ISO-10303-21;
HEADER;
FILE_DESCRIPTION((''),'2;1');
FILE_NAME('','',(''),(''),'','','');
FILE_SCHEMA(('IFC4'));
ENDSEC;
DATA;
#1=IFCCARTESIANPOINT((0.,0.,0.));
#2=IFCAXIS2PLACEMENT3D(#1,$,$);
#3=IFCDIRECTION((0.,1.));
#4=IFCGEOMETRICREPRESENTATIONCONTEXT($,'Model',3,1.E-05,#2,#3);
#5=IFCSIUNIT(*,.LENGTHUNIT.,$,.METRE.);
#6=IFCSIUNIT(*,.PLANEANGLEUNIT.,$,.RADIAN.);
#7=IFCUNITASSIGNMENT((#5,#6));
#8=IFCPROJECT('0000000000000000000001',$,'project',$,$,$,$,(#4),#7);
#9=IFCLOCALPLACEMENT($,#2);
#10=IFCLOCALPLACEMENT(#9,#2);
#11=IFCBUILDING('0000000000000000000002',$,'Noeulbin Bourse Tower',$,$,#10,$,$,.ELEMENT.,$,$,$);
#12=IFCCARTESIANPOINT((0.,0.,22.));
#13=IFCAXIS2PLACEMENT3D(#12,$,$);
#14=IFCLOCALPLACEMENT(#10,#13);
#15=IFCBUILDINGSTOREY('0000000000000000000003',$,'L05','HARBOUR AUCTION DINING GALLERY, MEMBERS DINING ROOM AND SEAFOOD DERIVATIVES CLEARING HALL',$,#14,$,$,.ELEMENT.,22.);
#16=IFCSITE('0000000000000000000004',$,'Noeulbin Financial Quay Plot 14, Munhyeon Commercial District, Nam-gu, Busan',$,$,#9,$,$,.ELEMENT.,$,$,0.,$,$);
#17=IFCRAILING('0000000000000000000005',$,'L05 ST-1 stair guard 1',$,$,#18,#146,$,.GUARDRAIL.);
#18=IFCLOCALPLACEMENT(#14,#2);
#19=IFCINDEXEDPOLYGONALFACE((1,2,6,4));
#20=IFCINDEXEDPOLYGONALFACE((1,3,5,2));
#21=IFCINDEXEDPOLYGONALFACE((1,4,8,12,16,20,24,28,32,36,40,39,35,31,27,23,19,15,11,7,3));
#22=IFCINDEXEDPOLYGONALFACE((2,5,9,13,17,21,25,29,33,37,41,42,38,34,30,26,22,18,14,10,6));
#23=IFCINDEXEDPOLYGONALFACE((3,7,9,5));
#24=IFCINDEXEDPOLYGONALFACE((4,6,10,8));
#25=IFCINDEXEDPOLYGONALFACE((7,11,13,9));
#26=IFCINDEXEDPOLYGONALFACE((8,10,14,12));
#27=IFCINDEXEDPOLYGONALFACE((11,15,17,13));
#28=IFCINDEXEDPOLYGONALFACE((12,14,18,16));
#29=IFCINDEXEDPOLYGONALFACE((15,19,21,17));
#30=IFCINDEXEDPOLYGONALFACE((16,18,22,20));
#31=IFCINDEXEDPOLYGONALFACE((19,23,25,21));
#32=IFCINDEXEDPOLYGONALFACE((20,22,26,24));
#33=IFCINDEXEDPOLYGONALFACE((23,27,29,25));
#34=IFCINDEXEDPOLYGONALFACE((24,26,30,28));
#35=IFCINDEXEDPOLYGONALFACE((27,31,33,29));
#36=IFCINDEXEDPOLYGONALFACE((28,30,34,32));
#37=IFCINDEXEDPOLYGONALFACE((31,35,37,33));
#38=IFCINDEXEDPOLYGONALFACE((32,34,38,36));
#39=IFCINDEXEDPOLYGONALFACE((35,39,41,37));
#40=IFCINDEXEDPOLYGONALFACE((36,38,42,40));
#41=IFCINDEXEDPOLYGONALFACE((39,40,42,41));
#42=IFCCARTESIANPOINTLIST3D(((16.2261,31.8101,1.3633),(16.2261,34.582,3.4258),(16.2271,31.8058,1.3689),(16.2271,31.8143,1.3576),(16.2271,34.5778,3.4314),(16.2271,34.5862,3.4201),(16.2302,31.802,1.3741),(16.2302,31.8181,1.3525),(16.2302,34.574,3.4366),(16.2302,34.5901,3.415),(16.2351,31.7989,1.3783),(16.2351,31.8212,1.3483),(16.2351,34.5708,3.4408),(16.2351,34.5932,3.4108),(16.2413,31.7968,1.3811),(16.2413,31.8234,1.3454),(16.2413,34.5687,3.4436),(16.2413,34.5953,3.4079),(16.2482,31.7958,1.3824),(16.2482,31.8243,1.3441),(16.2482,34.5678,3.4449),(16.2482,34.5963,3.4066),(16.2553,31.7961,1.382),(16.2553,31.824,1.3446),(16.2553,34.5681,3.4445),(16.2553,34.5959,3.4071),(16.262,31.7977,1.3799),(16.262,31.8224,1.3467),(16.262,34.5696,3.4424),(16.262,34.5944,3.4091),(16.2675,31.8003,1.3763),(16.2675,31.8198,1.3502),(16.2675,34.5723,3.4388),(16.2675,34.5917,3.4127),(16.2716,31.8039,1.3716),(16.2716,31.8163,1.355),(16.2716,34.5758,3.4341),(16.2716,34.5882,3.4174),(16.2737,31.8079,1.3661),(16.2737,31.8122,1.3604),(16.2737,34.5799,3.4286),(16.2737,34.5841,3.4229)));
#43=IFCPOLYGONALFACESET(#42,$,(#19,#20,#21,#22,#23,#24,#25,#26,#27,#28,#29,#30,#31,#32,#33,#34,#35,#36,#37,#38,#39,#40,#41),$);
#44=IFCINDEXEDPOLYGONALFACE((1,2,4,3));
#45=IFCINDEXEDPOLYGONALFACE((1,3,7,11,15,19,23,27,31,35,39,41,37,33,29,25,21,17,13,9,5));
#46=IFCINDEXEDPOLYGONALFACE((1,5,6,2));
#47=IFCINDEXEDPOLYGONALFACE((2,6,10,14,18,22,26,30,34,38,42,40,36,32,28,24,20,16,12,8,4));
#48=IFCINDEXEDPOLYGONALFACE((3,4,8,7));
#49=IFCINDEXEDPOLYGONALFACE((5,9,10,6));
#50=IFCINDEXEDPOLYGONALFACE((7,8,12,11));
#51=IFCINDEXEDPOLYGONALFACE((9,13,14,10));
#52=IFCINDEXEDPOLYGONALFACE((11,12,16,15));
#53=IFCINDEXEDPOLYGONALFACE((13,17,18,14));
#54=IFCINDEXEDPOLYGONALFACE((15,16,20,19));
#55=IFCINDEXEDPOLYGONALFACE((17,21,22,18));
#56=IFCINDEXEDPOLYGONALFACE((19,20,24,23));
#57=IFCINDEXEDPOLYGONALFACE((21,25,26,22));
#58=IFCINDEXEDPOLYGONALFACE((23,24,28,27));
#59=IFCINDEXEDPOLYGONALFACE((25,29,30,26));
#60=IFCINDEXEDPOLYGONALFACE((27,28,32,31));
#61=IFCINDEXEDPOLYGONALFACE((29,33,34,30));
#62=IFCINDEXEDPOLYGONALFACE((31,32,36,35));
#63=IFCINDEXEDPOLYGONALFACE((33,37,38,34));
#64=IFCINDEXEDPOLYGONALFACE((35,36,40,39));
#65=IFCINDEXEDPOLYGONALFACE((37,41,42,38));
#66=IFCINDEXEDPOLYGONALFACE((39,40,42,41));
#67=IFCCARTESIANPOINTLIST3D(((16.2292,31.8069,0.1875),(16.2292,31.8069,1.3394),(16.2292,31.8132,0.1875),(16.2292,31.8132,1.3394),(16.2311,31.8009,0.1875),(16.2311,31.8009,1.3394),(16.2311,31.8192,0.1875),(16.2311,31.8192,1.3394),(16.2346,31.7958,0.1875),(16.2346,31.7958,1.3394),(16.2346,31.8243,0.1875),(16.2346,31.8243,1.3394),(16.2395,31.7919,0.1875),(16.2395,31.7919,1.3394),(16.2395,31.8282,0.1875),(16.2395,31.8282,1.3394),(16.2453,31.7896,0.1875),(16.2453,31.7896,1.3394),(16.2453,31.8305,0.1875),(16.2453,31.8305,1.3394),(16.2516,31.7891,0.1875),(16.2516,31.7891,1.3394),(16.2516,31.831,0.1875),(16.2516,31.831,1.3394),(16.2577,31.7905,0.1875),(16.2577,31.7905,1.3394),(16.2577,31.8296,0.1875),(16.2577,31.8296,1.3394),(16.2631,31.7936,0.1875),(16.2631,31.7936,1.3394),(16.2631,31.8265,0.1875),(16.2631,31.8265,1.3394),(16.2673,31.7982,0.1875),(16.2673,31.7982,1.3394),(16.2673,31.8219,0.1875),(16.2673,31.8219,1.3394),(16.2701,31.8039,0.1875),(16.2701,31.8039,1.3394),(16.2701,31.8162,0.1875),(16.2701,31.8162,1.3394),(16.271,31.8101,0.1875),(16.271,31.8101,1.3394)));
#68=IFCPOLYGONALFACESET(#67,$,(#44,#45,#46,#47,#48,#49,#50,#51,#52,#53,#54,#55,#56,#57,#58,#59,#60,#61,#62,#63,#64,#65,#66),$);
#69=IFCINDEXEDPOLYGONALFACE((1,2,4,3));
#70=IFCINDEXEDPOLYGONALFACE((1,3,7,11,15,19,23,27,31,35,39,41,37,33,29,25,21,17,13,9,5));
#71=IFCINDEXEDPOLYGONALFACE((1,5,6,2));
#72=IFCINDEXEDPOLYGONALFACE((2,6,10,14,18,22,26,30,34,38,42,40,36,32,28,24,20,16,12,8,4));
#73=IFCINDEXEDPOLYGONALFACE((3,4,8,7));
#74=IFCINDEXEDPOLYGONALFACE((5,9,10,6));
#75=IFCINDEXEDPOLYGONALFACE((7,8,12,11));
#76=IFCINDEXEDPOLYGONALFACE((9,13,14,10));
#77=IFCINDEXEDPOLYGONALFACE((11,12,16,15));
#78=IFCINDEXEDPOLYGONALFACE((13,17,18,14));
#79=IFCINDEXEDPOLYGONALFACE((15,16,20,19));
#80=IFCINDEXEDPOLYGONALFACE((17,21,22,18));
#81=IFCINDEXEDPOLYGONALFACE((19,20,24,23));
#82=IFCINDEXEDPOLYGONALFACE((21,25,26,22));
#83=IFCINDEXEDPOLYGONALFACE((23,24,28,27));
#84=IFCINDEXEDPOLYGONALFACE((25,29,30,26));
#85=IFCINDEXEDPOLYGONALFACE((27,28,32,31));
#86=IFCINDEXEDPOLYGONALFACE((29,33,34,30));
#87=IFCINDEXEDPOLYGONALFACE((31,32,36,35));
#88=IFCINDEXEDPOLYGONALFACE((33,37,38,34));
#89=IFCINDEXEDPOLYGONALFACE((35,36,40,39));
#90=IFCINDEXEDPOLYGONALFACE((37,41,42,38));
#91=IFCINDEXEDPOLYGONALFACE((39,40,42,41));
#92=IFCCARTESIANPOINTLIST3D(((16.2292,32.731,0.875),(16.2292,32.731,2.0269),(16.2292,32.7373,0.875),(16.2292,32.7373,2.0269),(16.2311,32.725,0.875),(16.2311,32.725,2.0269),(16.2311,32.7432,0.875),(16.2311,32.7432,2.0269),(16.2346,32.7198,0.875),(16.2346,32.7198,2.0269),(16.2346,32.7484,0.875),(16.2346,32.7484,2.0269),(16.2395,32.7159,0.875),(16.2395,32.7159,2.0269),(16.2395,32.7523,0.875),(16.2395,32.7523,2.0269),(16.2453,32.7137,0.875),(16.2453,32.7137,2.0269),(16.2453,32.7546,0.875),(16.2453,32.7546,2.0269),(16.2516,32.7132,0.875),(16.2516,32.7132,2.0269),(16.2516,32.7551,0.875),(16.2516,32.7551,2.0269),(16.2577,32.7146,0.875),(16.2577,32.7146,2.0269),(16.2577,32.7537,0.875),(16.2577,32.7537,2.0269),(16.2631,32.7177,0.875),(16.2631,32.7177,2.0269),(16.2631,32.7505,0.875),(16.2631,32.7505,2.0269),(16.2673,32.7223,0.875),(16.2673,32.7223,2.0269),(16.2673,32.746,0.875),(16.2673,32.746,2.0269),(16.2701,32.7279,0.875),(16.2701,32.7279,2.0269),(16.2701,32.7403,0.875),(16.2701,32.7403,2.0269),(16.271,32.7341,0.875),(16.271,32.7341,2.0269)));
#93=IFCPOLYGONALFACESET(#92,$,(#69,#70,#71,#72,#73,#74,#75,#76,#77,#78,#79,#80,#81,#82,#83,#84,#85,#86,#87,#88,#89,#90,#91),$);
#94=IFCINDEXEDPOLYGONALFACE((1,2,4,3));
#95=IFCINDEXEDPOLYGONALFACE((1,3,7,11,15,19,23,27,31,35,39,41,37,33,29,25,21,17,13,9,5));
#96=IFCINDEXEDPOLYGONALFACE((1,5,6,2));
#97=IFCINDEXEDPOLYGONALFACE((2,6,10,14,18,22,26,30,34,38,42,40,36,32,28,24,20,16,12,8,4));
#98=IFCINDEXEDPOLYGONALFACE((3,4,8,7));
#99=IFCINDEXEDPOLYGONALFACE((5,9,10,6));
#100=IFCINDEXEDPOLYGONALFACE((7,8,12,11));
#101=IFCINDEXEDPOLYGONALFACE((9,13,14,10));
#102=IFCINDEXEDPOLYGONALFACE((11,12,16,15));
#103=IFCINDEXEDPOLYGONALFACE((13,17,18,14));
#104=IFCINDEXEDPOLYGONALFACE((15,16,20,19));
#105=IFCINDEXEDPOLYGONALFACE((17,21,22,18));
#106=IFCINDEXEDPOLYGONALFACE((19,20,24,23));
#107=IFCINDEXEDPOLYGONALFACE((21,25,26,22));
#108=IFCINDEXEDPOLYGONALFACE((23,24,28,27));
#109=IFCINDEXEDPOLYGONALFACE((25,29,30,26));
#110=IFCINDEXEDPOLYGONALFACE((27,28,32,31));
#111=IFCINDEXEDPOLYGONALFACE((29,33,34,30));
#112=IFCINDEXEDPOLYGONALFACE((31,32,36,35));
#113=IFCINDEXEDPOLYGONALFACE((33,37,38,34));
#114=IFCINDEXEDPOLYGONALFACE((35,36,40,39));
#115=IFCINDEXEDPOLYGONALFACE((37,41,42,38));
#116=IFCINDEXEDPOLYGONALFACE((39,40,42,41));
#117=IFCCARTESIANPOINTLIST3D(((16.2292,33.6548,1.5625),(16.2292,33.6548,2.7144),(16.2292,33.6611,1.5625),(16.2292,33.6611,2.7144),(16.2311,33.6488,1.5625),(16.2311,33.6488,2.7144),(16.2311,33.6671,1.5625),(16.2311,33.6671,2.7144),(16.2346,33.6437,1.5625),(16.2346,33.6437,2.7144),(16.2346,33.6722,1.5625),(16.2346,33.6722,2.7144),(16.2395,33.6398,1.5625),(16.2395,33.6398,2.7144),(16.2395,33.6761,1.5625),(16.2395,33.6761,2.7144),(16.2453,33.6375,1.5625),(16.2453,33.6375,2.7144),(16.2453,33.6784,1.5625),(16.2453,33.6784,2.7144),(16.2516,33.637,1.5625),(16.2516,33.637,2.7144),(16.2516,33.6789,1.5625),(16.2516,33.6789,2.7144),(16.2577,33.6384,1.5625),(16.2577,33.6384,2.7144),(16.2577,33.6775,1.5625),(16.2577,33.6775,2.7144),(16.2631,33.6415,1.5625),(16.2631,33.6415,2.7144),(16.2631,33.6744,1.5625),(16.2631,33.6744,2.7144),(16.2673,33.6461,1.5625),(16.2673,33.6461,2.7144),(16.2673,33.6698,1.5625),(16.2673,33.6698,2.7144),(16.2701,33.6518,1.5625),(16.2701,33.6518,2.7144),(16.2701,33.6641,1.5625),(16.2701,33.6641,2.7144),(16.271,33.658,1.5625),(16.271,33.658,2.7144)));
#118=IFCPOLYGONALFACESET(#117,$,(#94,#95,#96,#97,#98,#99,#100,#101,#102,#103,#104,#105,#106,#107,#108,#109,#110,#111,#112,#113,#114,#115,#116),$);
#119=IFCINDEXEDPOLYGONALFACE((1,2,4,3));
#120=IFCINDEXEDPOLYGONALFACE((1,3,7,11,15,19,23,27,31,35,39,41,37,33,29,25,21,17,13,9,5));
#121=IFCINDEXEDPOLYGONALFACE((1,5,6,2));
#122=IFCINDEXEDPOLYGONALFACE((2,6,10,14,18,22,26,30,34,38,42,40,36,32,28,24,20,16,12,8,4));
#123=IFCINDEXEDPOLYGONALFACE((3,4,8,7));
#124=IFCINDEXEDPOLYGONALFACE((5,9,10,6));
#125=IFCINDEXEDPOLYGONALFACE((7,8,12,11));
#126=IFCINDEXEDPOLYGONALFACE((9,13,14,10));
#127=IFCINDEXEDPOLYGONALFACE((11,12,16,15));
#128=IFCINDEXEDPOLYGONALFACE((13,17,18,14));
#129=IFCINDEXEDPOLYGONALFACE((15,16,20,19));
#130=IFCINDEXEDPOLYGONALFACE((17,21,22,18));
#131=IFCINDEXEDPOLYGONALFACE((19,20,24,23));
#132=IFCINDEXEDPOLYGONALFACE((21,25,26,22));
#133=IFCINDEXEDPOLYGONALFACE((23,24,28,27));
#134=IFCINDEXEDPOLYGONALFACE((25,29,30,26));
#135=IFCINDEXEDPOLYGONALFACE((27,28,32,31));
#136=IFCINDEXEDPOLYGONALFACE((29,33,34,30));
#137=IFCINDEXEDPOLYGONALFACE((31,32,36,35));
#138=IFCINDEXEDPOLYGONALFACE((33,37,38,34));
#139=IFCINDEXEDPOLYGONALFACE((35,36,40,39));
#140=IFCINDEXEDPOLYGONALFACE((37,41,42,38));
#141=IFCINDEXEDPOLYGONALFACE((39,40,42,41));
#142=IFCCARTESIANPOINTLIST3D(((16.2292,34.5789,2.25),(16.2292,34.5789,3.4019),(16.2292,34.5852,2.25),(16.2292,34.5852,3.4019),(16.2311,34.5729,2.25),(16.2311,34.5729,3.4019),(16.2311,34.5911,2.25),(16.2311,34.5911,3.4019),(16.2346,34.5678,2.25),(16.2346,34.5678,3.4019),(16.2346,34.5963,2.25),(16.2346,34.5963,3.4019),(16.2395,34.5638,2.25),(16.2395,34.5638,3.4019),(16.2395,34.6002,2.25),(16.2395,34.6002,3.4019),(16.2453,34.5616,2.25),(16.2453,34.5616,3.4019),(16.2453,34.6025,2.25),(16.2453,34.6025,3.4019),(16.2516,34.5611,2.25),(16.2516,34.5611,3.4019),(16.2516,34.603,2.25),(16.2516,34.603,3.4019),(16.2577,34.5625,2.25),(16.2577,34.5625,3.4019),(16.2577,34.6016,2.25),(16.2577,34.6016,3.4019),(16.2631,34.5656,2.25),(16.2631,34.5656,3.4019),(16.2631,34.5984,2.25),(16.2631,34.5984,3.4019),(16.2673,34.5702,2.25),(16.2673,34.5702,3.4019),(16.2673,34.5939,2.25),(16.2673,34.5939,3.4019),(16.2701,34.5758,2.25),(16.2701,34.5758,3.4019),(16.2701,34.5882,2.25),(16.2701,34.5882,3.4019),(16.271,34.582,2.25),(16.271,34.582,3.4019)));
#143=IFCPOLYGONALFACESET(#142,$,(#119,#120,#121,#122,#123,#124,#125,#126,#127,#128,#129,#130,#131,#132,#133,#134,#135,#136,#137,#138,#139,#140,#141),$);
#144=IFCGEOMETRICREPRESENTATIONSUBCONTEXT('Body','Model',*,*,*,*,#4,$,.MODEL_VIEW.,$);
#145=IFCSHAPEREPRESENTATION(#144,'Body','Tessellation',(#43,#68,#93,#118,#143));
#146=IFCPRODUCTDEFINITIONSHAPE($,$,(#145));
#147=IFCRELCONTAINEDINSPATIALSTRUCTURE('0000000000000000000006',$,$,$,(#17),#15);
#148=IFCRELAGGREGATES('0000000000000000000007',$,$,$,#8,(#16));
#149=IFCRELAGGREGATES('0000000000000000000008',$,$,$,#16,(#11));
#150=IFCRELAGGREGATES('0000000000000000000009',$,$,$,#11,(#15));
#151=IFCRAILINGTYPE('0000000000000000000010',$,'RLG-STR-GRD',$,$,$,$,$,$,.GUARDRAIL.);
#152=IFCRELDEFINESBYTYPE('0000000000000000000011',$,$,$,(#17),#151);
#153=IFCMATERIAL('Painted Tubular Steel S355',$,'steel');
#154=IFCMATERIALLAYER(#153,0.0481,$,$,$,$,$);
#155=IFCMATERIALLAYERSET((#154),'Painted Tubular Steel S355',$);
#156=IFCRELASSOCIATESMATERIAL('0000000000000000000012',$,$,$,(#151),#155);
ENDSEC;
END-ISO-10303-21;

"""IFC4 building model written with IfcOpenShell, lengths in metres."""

from ifc_helpers import new_model, si_unit, direction, frame, origin, origin_2d, place, context, subcontext, project, spatial, circle, extrude, material, layer, layer_set, type_object, element, save


model = new_model("IFC4")

# Units and contexts
model_context = context("Model", 3, precision=1e-05, world=origin(), true_north=direction((0.0, 1.0)))
body_context = subcontext(model_context, "Body", "Model", "MODEL_VIEW")
ifc_project = project(units=[si_unit("LENGTHUNIT", "METRE"), si_unit("PLANEANGLEUNIT", "RADIAN")], contexts=[model_context])

# Site, building, storey
site_placement = place(None, origin())
site = spatial("IfcSite", under=ifc_project, at=site_placement, Name="Noeulbin Financial Quay Plot 14, Munhyeon Commercial District, Nam-gu, Busan", CompositionType="ELEMENT", RefElevation=0.0)
building_placement = place(site_placement, origin())
building = spatial("IfcBuilding", under=site, at=building_placement, Name="Noeulbin Bourse Tower", CompositionType="ELEMENT")
storey_placement = place(building_placement, frame((0.0, 0.0, 22.0)))
storey = spatial("IfcBuildingStorey", under=building, at=storey_placement, Name="L05", Description="HARBOUR AUCTION DINING GALLERY, MEMBERS DINING ROOM AND SEAFOOD DERIVATIVES CLEARING HALL", CompositionType="ELEMENT", Elevation=22.0)

# Railing
ifc_material_1 = material(Name="Painted Tubular Steel S355", Category="steel")
ifc_layer_1 = layer(ifc_material_1, 0.0481)
ifc_layer_set_1 = layer_set([ifc_layer_1], Name="Painted Tubular Steel S355")
railing_type_1 = type_object("IfcRailingType", Name="RLG-STR-GRD", PredefinedType="GUARDRAIL", material=ifc_layer_set_1)
railing_1_placement = place(storey_placement, frame((16.25, 31.8101, 0.1875)))
element("IfcRailing", 1, at=railing_1_placement, inside=storey, type_object=railing_type_1, Name="L05 ST-1 stair guard 1", PredefinedType="GUARDRAIL", context=body_context, shape_type="SweptSolid", body=[
    extrude(circle(Radius=0.0239, at=origin_2d()), frame((0.0, 0.0, 1.1758), z_axis=(0.0, 0.802284, 0.596943), x_axis=(-1.0, 0.0, 0.0)), (0.0, 0.0, 1.0), 3.4551),
    extrude(circle(Radius=0.021, at=origin_2d()), origin(), (0.0, 0.0, 1.0), 1.1519),
    extrude(circle(Radius=0.021, at=origin_2d()), frame((0.0, 0.9241, 0.6875)), (0.0, 0.0, 1.0), 1.1519),
    extrude(circle(Radius=0.021, at=origin_2d()), frame((0.0, 1.8479, 1.375)), (0.0, 0.0, 1.0), 1.1519),
    extrude(circle(Radius=0.021, at=origin_2d()), frame((0.0, 2.772, 2.0625)), (0.0, 0.0, 1.0), 1.1519),
])

save(model, "model.ifc")
